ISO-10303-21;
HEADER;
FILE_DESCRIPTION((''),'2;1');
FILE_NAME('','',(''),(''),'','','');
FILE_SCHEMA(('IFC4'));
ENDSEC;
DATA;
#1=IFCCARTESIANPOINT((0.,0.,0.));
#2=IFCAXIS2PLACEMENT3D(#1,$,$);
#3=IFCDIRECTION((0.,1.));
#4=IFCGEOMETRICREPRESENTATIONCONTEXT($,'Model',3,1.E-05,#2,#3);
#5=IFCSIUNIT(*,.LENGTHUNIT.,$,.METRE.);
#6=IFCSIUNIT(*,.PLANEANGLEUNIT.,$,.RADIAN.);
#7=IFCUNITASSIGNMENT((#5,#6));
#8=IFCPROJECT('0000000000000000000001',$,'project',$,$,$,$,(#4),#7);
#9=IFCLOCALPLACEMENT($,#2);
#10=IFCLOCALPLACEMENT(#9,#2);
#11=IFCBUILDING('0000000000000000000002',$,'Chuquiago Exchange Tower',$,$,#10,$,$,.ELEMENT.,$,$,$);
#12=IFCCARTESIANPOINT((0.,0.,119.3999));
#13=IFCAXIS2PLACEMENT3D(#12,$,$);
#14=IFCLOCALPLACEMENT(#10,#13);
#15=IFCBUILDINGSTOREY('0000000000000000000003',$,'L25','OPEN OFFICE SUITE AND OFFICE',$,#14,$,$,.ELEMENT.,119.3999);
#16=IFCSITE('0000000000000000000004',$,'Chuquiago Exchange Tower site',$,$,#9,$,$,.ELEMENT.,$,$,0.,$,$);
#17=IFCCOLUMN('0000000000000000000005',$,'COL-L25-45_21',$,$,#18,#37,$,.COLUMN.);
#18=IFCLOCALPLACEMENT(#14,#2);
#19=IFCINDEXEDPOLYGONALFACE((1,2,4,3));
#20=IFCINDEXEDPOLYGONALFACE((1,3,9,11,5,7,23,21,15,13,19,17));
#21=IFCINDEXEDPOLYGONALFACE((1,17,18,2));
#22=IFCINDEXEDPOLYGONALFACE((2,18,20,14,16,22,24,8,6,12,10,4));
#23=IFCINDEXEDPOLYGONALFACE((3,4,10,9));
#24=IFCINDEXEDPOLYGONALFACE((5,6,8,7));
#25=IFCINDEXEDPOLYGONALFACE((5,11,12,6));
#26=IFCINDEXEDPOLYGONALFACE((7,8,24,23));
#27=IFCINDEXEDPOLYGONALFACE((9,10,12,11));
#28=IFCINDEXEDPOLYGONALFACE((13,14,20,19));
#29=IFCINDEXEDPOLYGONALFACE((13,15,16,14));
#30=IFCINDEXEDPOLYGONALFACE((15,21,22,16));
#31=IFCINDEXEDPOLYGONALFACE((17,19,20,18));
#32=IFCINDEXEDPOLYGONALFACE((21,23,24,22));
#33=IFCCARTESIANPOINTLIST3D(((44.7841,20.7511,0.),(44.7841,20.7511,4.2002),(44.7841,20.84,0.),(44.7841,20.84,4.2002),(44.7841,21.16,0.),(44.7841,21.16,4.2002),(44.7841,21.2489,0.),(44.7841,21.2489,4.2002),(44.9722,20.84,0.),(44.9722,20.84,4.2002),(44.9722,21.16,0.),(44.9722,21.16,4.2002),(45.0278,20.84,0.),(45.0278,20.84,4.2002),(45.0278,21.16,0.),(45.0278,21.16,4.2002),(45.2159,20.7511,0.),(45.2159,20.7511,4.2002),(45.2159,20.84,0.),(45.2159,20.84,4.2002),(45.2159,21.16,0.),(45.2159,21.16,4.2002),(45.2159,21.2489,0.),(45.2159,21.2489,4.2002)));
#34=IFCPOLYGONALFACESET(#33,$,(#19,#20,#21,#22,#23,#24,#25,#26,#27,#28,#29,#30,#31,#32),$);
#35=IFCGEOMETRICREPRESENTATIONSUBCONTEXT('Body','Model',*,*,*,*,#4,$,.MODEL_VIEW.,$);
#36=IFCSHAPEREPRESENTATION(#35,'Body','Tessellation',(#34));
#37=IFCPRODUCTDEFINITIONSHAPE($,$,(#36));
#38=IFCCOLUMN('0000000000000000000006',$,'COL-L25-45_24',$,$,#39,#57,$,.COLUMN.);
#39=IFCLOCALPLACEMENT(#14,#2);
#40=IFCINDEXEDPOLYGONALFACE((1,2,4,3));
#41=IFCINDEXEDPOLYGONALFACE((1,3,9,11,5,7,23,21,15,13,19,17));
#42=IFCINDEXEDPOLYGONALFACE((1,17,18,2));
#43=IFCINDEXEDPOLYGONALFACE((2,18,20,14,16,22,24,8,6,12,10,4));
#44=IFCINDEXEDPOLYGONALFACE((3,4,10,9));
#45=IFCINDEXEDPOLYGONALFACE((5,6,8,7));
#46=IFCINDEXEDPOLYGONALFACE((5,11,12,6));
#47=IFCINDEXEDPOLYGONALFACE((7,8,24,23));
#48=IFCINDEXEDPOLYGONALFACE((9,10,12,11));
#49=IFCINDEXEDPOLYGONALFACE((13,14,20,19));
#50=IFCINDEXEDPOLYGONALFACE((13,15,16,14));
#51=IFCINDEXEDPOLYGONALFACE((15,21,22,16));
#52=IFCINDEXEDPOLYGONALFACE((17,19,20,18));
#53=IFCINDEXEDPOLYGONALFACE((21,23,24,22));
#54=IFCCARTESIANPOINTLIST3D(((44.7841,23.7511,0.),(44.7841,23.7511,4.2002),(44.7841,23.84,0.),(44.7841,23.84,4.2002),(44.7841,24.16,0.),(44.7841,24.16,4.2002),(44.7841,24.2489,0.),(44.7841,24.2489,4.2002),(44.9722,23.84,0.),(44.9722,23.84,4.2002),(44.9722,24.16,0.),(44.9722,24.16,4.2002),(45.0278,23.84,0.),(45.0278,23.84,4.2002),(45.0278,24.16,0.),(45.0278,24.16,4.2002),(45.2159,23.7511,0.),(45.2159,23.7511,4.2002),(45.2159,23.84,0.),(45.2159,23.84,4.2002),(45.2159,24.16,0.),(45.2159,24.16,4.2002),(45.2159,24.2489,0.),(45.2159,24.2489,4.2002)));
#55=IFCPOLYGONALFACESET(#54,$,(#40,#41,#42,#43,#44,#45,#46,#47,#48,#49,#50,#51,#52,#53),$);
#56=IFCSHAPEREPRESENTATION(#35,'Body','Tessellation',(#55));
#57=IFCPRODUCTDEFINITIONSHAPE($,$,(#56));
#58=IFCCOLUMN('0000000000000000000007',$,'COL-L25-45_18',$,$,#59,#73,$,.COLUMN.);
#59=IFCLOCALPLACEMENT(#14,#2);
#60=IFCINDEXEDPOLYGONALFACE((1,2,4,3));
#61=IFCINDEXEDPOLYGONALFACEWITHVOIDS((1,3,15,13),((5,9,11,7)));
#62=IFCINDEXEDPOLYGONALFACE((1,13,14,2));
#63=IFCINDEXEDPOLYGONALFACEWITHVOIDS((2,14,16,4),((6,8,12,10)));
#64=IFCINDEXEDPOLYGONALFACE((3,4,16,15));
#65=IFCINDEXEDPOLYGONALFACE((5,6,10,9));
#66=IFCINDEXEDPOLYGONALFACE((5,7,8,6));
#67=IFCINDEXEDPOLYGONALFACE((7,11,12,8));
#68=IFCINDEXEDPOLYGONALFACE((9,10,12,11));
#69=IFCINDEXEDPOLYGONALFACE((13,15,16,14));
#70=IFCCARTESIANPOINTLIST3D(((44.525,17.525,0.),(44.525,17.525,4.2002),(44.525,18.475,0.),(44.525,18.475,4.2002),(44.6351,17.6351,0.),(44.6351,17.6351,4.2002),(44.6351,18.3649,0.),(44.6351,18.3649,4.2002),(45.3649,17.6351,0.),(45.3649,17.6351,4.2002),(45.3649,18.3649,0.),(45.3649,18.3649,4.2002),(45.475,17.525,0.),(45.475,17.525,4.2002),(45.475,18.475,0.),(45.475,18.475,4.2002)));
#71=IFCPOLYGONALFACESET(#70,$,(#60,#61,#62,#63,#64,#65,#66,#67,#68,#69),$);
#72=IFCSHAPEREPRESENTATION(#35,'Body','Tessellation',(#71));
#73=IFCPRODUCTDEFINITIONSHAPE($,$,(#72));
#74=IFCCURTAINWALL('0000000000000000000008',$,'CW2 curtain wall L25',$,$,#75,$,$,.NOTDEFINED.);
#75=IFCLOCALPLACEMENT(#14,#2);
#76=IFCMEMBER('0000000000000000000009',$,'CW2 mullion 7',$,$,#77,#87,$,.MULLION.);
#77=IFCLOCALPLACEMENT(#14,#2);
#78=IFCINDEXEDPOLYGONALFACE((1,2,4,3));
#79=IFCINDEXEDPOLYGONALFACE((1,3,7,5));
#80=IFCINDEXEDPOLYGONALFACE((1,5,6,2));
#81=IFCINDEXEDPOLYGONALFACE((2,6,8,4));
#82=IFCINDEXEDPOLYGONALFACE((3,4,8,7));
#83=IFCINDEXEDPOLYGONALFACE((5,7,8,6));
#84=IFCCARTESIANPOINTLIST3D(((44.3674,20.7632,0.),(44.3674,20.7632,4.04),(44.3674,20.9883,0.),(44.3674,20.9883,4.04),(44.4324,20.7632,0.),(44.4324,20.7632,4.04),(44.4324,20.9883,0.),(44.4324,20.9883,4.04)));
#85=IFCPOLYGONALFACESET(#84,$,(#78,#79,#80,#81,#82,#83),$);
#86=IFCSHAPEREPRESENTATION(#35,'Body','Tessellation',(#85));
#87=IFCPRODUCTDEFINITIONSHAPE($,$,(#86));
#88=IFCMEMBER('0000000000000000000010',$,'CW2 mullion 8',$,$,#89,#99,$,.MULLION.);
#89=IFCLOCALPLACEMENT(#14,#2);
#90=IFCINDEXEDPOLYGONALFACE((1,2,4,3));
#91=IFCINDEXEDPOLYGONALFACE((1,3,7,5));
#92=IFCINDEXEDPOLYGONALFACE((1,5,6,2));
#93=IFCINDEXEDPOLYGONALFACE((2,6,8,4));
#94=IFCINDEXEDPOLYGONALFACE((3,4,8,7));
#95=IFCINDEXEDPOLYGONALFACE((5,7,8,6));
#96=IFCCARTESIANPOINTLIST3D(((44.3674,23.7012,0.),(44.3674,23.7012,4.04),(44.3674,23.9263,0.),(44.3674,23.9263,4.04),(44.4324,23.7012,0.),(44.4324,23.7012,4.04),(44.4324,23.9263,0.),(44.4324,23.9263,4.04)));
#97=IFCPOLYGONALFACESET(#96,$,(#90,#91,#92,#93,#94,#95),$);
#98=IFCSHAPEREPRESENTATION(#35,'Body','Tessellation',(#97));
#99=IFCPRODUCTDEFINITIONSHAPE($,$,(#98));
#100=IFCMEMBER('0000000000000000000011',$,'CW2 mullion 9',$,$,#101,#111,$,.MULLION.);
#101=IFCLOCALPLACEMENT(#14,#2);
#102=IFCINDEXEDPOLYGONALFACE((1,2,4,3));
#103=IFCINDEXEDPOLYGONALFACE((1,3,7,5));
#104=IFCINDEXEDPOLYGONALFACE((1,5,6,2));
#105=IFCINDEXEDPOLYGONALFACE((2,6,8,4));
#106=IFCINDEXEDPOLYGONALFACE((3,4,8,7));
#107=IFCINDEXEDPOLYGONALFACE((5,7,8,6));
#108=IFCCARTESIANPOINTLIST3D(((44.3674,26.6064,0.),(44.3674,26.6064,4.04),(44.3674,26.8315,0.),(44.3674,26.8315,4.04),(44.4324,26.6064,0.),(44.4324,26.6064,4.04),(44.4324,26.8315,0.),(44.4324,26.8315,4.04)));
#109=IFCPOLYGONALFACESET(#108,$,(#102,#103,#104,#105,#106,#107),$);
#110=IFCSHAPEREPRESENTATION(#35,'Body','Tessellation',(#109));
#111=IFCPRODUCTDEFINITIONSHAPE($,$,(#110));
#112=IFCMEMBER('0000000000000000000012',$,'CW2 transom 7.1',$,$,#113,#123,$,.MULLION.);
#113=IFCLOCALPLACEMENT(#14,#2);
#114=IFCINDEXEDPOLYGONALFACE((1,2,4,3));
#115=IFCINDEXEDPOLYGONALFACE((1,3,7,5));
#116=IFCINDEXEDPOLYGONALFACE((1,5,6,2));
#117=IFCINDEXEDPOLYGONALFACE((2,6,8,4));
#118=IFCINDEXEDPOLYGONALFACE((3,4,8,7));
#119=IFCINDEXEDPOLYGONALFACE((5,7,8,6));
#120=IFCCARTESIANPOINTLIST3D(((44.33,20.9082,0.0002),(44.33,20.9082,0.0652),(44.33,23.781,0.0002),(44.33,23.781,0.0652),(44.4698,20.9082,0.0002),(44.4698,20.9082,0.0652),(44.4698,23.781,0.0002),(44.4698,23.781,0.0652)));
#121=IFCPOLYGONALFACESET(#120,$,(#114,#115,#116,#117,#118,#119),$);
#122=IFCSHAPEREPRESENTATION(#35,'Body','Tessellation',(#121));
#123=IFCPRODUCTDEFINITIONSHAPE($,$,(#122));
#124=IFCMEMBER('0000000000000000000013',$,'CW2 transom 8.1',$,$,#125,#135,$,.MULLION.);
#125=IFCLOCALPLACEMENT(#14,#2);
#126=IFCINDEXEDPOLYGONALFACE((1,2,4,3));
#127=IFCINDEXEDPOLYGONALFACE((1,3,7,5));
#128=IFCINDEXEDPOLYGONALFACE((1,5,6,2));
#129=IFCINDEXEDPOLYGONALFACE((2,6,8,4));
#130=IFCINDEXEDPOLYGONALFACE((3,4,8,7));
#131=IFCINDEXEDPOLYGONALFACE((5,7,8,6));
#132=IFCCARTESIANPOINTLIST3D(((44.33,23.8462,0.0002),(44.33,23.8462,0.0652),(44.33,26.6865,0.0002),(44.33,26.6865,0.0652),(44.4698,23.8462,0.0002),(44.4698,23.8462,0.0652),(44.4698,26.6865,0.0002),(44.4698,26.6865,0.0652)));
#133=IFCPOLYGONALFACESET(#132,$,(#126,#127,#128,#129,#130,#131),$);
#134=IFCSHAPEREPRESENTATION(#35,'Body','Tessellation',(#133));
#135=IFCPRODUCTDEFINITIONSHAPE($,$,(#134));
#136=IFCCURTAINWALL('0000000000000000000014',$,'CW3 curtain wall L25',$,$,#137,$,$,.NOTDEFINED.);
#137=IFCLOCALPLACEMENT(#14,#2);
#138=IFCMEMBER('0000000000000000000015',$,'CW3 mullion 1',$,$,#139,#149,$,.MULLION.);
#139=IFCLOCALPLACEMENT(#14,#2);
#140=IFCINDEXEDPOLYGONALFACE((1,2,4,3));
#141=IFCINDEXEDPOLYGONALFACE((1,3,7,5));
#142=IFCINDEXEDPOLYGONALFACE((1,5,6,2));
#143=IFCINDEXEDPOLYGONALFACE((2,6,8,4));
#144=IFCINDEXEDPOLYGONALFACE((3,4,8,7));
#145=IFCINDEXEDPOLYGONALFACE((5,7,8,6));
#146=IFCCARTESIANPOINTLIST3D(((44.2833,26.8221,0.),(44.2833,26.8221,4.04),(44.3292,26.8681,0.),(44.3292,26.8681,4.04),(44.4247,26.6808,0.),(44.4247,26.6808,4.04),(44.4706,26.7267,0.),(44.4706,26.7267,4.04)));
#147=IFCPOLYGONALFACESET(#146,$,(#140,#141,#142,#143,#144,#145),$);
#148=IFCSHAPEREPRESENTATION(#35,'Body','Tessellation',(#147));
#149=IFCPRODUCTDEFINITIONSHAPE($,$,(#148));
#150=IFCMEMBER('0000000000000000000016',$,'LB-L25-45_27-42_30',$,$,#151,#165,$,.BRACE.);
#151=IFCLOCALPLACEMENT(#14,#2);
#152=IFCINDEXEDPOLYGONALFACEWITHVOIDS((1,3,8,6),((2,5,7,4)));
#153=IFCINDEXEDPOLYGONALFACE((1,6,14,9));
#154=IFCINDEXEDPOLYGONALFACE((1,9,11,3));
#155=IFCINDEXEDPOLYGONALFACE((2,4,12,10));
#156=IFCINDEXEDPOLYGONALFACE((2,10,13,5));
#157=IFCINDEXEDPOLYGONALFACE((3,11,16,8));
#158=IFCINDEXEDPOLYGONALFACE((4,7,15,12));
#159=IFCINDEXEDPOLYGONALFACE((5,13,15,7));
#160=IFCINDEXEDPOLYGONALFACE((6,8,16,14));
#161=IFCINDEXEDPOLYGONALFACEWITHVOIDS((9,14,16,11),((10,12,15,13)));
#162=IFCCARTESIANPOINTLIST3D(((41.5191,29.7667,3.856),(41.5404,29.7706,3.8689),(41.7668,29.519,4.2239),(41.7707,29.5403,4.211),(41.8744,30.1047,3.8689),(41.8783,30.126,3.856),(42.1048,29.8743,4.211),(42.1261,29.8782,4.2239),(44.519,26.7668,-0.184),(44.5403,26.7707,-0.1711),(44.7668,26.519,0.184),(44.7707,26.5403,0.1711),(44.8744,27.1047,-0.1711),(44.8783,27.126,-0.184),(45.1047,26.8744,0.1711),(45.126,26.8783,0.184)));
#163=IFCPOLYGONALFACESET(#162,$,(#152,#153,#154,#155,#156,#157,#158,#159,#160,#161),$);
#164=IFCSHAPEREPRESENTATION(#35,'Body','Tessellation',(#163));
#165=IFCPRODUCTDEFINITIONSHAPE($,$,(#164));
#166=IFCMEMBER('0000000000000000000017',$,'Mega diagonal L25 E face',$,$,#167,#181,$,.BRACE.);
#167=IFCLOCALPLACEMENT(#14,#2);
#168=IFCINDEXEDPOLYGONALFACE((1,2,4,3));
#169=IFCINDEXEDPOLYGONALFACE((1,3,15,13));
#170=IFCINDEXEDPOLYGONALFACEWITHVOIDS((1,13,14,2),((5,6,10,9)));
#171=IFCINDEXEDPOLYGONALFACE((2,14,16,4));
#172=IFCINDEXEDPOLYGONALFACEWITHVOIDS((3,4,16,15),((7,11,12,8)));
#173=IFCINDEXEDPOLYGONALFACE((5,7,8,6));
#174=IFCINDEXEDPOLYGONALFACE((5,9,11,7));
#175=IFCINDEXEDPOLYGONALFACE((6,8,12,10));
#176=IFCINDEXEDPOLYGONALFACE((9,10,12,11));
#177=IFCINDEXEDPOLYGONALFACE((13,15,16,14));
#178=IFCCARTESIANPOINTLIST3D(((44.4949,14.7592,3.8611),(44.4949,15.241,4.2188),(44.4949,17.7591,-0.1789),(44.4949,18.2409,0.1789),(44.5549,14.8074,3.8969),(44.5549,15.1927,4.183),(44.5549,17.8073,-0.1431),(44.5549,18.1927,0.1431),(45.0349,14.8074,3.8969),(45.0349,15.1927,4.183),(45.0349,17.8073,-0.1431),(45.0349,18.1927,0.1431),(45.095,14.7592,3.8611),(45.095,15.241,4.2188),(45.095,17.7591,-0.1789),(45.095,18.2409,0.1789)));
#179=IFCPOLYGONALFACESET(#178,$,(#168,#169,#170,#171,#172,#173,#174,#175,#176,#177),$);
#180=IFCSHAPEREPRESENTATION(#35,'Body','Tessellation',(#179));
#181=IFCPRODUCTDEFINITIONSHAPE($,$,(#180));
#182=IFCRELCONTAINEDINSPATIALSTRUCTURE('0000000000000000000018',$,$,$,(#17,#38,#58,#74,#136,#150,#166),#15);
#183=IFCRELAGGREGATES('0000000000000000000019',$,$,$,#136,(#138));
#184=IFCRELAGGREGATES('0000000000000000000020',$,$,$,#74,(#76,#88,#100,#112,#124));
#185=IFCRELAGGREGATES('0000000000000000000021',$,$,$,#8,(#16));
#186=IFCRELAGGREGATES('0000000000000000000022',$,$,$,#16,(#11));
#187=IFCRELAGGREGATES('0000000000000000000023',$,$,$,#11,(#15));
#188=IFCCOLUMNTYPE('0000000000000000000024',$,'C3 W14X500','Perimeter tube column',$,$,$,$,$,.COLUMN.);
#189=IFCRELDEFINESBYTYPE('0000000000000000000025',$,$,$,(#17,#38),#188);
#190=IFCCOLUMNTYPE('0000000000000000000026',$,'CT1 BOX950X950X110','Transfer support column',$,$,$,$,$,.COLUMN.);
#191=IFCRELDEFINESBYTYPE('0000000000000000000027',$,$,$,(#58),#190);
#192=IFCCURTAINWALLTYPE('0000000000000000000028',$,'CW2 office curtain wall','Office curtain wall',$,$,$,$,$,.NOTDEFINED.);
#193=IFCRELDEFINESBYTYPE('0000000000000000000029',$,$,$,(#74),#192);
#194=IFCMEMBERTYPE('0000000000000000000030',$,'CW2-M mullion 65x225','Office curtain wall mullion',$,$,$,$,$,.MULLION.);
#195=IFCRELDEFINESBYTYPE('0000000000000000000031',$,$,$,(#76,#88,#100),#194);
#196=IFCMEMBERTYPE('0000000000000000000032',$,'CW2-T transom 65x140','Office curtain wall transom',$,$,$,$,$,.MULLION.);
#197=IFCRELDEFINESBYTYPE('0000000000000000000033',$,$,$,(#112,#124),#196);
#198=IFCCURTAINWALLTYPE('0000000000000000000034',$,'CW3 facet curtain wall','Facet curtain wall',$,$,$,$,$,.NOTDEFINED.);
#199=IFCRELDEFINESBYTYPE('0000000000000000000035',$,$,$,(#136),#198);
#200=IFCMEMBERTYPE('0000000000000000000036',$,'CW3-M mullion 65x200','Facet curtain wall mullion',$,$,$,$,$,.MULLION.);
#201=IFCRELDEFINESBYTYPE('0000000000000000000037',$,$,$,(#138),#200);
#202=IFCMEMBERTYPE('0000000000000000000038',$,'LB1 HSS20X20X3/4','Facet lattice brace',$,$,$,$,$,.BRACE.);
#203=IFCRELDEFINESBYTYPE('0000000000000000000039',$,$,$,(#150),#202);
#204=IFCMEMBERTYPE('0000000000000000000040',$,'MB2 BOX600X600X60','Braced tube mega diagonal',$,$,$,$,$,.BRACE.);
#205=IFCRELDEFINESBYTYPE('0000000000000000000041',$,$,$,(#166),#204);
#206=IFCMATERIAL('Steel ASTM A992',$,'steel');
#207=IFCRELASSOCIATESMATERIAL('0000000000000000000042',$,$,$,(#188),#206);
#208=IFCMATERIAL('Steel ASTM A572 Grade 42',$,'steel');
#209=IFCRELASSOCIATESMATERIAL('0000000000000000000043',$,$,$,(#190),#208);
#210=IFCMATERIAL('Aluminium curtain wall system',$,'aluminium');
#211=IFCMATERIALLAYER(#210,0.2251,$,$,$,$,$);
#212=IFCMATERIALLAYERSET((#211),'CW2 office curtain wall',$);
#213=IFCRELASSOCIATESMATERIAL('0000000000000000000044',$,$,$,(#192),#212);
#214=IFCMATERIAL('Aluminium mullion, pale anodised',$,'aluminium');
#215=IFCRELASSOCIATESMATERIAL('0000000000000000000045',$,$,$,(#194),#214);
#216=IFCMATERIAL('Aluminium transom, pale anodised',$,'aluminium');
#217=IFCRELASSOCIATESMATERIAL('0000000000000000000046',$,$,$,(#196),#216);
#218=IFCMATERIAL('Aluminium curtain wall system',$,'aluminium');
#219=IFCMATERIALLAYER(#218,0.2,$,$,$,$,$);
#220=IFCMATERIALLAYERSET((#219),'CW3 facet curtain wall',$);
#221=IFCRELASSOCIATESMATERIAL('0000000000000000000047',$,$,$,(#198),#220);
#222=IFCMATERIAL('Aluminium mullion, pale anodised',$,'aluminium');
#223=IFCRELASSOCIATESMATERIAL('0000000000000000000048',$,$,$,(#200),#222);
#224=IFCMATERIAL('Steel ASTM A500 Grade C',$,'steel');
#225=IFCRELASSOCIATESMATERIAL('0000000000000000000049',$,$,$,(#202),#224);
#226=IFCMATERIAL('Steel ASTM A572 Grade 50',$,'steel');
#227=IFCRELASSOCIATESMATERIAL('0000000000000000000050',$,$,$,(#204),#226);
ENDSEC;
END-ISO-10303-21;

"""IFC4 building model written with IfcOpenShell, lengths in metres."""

from ifc_helpers import new_model, si_unit, direction, frame, origin, origin_2d, place, context, subcontext, project, spatial, rectangle, hollow_rectangle, i_section, extrude, material, layer, layer_set, material_profile, profile_set, type_object, element, aggregate, save


model = new_model("IFC4")

# Units and contexts
model_context = context("Model", 3, precision=1e-05, world=origin(), true_north=direction((0.0, 1.0)))
body_context = subcontext(model_context, "Body", "Model", "MODEL_VIEW")
ifc_project = project(units=[si_unit("LENGTHUNIT", "METRE"), si_unit("PLANEANGLEUNIT", "RADIAN")], contexts=[model_context])

# Site, building, storey
site_placement = place(None, origin())
site = spatial("IfcSite", under=ifc_project, at=site_placement, Name="Chuquiago Exchange Tower site", CompositionType="ELEMENT", RefElevation=0.0)
building_placement = place(site_placement, origin())
building = spatial("IfcBuilding", under=site, at=building_placement, Name="Chuquiago Exchange Tower", CompositionType="ELEMENT")
storey_placement = place(building_placement, frame((0.0, 0.0, 119.3999)))
storey = spatial("IfcBuildingStorey", under=building, at=storey_placement, Name="L25", Description="OPEN OFFICE SUITE AND OFFICE", CompositionType="ELEMENT", Elevation=119.3999)

# Columns
ifc_material_1 = material(Name="Steel ASTM A992", Category="steel")
ifc_material_profile_1 = material_profile(ifc_material_1, i_section(OverallWidth=0.4319, OverallDepth=0.4978, WebThickness=0.0557, FlangeThickness=0.0889, at=origin_2d()), Name="W14X500")
ifc_profile_set_1 = profile_set([ifc_material_profile_1], Name="Steel ASTM A992")
column_type_1 = type_object("IfcColumnType", Name="C3 W14X500", Description="Perimeter tube column", PredefinedType="COLUMN", material=ifc_profile_set_1)
for number, where, z_axis, x_axis, name in (
    (1, (45.0, 21.0, 0.0), (0.0, 0.0, 1.0), (1.0, 0.0, 0.0), "COL-L25-45_21"),
    (2, (45.0, 24.0, 0.0), (0.0, 0.0, 1.0), (1.0, 0.0, 0.0), "COL-L25-45_24"),
):
    element("IfcColumn", number, at=place(storey_placement, frame(where, z_axis=z_axis, x_axis=x_axis)), inside=storey, type_object=column_type_1, Name=name, PredefinedType="COLUMN", context=body_context, shape_type="SweptSolid", body=[
        extrude(i_section(OverallWidth=0.4319, OverallDepth=0.4978, WebThickness=0.0557, FlangeThickness=0.0889, at=origin_2d()), origin(), (0.0, 0.0, 1.0), 4.2002),
    ])
ifc_material_2 = material(Name="Steel ASTM A572 Grade 42", Category="steel")
ifc_material_profile_2 = material_profile(ifc_material_2, hollow_rectangle(XDim=0.95, YDim=0.95, WallThickness=0.1101, at=origin_2d()), Name="BOX950X950X110")
ifc_profile_set_2 = profile_set([ifc_material_profile_2], Name="Steel ASTM A572 Grade 42")
column_type_2 = type_object("IfcColumnType", Name="CT1 BOX950X950X110", Description="Transfer support column", PredefinedType="COLUMN", material=ifc_profile_set_2)
column_placement = place(storey_placement, frame((45.0, 18.0, 0.0), z_axis=(0.0, 0.0, 1.0), x_axis=(1.0, 0.0, 0.0)))
element("IfcColumn", 3, at=column_placement, inside=storey, type_object=column_type_2, Name="COL-L25-45_18", PredefinedType="COLUMN", context=body_context, shape_type="SweptSolid", body=[
    extrude(hollow_rectangle(XDim=0.95, YDim=0.95, WallThickness=0.1101, at=origin_2d()), origin(), (0.0, 0.0, 1.0), 4.2002),
])

# Curtain wall, members
ifc_material_3 = material(Name="Aluminium curtain wall system", Category="aluminium")
ifc_layer_1 = layer(ifc_material_3, 0.2251)
ifc_layer_set_1 = layer_set([ifc_layer_1], Name="CW2 office curtain wall")
curtain_wall_type_1 = type_object("IfcCurtainWallType", Name="CW2 office curtain wall", Description="Office curtain wall", PredefinedType="NOTDEFINED", material=ifc_layer_set_1)
curtain_wall_1_placement = place(storey_placement, origin())
curtain_wall_1 = element("IfcCurtainWall", 4, at=curtain_wall_1_placement, inside=storey, type_object=curtain_wall_type_1, Name="CW2 curtain wall L25", PredefinedType="NOTDEFINED")
ifc_material_4 = material(Name="Aluminium mullion, pale anodised", Category="aluminium")
ifc_material_profile_3 = material_profile(ifc_material_4, rectangle(XDim=0.0649, YDim=0.2251, at=origin_2d()), Name="AL 65x225")
ifc_profile_set_3 = profile_set([ifc_material_profile_3], Name="Aluminium mullion, pale anodised")
member_type_1 = type_object("IfcMemberType", Name="CW2-M mullion 65x225", Description="Office curtain wall mullion", PredefinedType="MULLION", material=ifc_profile_set_3)
member_1_placement = place(storey_placement, frame((44.3999, 20.8757, 0.0), z_axis=(0.0, 0.0, 1.0), x_axis=(-1.0, 0.0, 0.0)))
member_1 = element("IfcMember", 5, at=member_1_placement, type_object=member_type_1, Name="CW2 mullion 7", PredefinedType="MULLION", context=body_context, shape_type="SweptSolid", body=[
    extrude(rectangle(XDim=0.0649, YDim=0.2251, at=origin_2d()), origin(), (0.0, 0.0, 1.0), 4.04),
])
member_2_placement = place(storey_placement, frame((44.3999, 23.8137, 0.0), z_axis=(0.0, 0.0, 1.0), x_axis=(-1.0, 0.0, 0.0)))
member_2 = element("IfcMember", 6, at=member_2_placement, type_object=member_type_1, Name="CW2 mullion 8", PredefinedType="MULLION", context=body_context, shape_type="SweptSolid", body=[
    extrude(rectangle(XDim=0.0649, YDim=0.2251, at=origin_2d()), origin(), (0.0, 0.0, 1.0), 4.04),
])
member_3_placement = place(storey_placement, frame((44.3999, 26.719, 0.0), z_axis=(0.0, 0.0, 1.0), x_axis=(-1.0, 0.0, 0.0)))
member_3 = element("IfcMember", 7, at=member_3_placement, type_object=member_type_1, Name="CW2 mullion 9", PredefinedType="MULLION", context=body_context, shape_type="SweptSolid", body=[
    extrude(rectangle(XDim=0.0649, YDim=0.2251, at=origin_2d()), origin(), (0.0, 0.0, 1.0), 4.04),
])
ifc_material_5 = material(Name="Aluminium transom, pale anodised", Category="aluminium")
ifc_material_profile_4 = material_profile(ifc_material_5, rectangle(XDim=0.1399, YDim=0.0649, at=origin_2d()), Name="AL 140x65")
ifc_profile_set_4 = profile_set([ifc_material_profile_4], Name="Aluminium transom, pale anodised")
member_type_2 = type_object("IfcMemberType", Name="CW2-T transom 65x140", Description="Office curtain wall transom", PredefinedType="MULLION", material=ifc_profile_set_4)
member_4_placement = place(storey_placement, frame((44.3999, 20.9082, 0.0327), z_axis=(0.0, 1.0, 0.0), x_axis=(-1.0, 0.0, 0.0)))
member_4 = element("IfcMember", 8, at=member_4_placement, type_object=member_type_2, Name="CW2 transom 7.1", PredefinedType="MULLION", context=body_context, shape_type="SweptSolid", body=[
    extrude(rectangle(XDim=0.1399, YDim=0.0649, at=origin_2d()), origin(), (0.0, 0.0, 1.0), 2.8728),
])
member_5_placement = place(storey_placement, frame((44.3999, 23.8462, 0.0327), z_axis=(0.0, 1.0, 0.0), x_axis=(-1.0, 0.0, 0.0)))
member_5 = element("IfcMember", 9, at=member_5_placement, type_object=member_type_2, Name="CW2 transom 8.1", PredefinedType="MULLION", context=body_context, shape_type="SweptSolid", body=[
    extrude(rectangle(XDim=0.1399, YDim=0.0649, at=origin_2d()), origin(), (0.0, 0.0, 1.0), 2.8403),
])

# Curtain wall, member
ifc_material_6 = material(Name="Aluminium curtain wall system", Category="aluminium")
ifc_layer_2 = layer(ifc_material_6, 0.2)
ifc_layer_set_2 = layer_set([ifc_layer_2], Name="CW3 facet curtain wall")
curtain_wall_type_2 = type_object("IfcCurtainWallType", Name="CW3 facet curtain wall", Description="Facet curtain wall", PredefinedType="NOTDEFINED", material=ifc_layer_set_2)
curtain_wall_2_placement = place(storey_placement, origin())
curtain_wall_2 = element("IfcCurtainWall", 10, at=curtain_wall_2_placement, inside=storey, type_object=curtain_wall_type_2, Name="CW3 curtain wall L25", PredefinedType="NOTDEFINED")
ifc_material_7 = material(Name="Aluminium mullion, pale anodised", Category="aluminium")
ifc_material_profile_5 = material_profile(ifc_material_7, rectangle(XDim=0.0649, YDim=0.2, at=origin_2d()), Name="AL 65x200")
ifc_profile_set_5 = profile_set([ifc_material_profile_5], Name="Aluminium mullion, pale anodised")
member_type_3 = type_object("IfcMemberType", Name="CW3-M mullion 65x200", Description="Facet curtain wall mullion", PredefinedType="MULLION", material=ifc_profile_set_5)
member_6_placement = place(storey_placement, frame((44.377, 26.7744, 0.0), z_axis=(0.0, 0.0, 1.0), x_axis=(-0.707107, -0.707107, 0.0)))
member_6 = element("IfcMember", 11, at=member_6_placement, type_object=member_type_3, Name="CW3 mullion 1", PredefinedType="MULLION", context=body_context, shape_type="SweptSolid", body=[
    extrude(rectangle(XDim=0.0649, YDim=0.2, at=origin_2d()), origin(), (0.0, 0.0, 1.0), 4.04),
])
aggregate(curtain_wall_2, [member_6])

# Members
ifc_material_8 = material(Name="Steel ASTM A500 Grade C", Category="steel")
ifc_material_profile_6 = material_profile(ifc_material_8, hollow_rectangle(XDim=0.5081, YDim=0.5081, WallThickness=0.0178, at=origin_2d()), Name="HSS20X20X3/4")
ifc_profile_set_6 = profile_set([ifc_material_profile_6], Name="Steel ASTM A500 Grade C")
member_type_4 = type_object("IfcMemberType", Name="LB1 HSS20X20X3/4", Description="Facet lattice brace", PredefinedType="BRACE", material=ifc_profile_set_6)
member_7_placement = place(storey_placement, frame((44.8225, 26.8225, 0.0), z_axis=(-0.512077, 0.512077, 0.689604), x_axis=(-0.707107, -0.707107, 0.0)))
element("IfcMember", 12, at=member_7_placement, inside=storey, type_object=member_type_4, Name="LB-L25-45_27-42_30", PredefinedType="BRACE", context=body_context, shape_type="SweptSolid", body=[
    extrude(hollow_rectangle(XDim=0.5081, YDim=0.5081, WallThickness=0.0178, at=origin_2d()), origin(), (0.0, 0.0, 1.0), 5.8584),
])
ifc_material_9 = material(Name="Steel ASTM A572 Grade 50", Category="steel")
ifc_material_profile_7 = material_profile(ifc_material_9, hollow_rectangle(XDim=0.6001, YDim=0.6001, WallThickness=0.0601, at=origin_2d()), Name="BOX600X600X60")
ifc_profile_set_7 = profile_set([ifc_material_profile_7], Name="Steel ASTM A572 Grade 50")
member_type_5 = type_object("IfcMemberType", Name="MB2 BOX600X600X60", Description="Braced tube mega diagonal", PredefinedType="BRACE", material=ifc_profile_set_7)
for number, where, z_axis, x_axis, name in (
    (13, (44.7949, 18.0, 0.0), (0.0, -0.596174, 0.802855), (1.0, 0.0, 0.0), "Mega diagonal L25 E face"),
):
    element("IfcMember", number, at=place(storey_placement, frame(where, z_axis=z_axis, x_axis=x_axis)), inside=storey, type_object=member_type_5, Name=name, PredefinedType="BRACE", context=body_context, shape_type="SweptSolid", body=[
        extrude(hollow_rectangle(XDim=0.6001, YDim=0.6001, WallThickness=0.0601, at=origin_2d()), origin(), (0.0, 0.0, 1.0), 5.032),
    ])

aggregate(curtain_wall_1, [member_1, member_2, member_3, member_4, member_5])

save(model, "model.ifc")
